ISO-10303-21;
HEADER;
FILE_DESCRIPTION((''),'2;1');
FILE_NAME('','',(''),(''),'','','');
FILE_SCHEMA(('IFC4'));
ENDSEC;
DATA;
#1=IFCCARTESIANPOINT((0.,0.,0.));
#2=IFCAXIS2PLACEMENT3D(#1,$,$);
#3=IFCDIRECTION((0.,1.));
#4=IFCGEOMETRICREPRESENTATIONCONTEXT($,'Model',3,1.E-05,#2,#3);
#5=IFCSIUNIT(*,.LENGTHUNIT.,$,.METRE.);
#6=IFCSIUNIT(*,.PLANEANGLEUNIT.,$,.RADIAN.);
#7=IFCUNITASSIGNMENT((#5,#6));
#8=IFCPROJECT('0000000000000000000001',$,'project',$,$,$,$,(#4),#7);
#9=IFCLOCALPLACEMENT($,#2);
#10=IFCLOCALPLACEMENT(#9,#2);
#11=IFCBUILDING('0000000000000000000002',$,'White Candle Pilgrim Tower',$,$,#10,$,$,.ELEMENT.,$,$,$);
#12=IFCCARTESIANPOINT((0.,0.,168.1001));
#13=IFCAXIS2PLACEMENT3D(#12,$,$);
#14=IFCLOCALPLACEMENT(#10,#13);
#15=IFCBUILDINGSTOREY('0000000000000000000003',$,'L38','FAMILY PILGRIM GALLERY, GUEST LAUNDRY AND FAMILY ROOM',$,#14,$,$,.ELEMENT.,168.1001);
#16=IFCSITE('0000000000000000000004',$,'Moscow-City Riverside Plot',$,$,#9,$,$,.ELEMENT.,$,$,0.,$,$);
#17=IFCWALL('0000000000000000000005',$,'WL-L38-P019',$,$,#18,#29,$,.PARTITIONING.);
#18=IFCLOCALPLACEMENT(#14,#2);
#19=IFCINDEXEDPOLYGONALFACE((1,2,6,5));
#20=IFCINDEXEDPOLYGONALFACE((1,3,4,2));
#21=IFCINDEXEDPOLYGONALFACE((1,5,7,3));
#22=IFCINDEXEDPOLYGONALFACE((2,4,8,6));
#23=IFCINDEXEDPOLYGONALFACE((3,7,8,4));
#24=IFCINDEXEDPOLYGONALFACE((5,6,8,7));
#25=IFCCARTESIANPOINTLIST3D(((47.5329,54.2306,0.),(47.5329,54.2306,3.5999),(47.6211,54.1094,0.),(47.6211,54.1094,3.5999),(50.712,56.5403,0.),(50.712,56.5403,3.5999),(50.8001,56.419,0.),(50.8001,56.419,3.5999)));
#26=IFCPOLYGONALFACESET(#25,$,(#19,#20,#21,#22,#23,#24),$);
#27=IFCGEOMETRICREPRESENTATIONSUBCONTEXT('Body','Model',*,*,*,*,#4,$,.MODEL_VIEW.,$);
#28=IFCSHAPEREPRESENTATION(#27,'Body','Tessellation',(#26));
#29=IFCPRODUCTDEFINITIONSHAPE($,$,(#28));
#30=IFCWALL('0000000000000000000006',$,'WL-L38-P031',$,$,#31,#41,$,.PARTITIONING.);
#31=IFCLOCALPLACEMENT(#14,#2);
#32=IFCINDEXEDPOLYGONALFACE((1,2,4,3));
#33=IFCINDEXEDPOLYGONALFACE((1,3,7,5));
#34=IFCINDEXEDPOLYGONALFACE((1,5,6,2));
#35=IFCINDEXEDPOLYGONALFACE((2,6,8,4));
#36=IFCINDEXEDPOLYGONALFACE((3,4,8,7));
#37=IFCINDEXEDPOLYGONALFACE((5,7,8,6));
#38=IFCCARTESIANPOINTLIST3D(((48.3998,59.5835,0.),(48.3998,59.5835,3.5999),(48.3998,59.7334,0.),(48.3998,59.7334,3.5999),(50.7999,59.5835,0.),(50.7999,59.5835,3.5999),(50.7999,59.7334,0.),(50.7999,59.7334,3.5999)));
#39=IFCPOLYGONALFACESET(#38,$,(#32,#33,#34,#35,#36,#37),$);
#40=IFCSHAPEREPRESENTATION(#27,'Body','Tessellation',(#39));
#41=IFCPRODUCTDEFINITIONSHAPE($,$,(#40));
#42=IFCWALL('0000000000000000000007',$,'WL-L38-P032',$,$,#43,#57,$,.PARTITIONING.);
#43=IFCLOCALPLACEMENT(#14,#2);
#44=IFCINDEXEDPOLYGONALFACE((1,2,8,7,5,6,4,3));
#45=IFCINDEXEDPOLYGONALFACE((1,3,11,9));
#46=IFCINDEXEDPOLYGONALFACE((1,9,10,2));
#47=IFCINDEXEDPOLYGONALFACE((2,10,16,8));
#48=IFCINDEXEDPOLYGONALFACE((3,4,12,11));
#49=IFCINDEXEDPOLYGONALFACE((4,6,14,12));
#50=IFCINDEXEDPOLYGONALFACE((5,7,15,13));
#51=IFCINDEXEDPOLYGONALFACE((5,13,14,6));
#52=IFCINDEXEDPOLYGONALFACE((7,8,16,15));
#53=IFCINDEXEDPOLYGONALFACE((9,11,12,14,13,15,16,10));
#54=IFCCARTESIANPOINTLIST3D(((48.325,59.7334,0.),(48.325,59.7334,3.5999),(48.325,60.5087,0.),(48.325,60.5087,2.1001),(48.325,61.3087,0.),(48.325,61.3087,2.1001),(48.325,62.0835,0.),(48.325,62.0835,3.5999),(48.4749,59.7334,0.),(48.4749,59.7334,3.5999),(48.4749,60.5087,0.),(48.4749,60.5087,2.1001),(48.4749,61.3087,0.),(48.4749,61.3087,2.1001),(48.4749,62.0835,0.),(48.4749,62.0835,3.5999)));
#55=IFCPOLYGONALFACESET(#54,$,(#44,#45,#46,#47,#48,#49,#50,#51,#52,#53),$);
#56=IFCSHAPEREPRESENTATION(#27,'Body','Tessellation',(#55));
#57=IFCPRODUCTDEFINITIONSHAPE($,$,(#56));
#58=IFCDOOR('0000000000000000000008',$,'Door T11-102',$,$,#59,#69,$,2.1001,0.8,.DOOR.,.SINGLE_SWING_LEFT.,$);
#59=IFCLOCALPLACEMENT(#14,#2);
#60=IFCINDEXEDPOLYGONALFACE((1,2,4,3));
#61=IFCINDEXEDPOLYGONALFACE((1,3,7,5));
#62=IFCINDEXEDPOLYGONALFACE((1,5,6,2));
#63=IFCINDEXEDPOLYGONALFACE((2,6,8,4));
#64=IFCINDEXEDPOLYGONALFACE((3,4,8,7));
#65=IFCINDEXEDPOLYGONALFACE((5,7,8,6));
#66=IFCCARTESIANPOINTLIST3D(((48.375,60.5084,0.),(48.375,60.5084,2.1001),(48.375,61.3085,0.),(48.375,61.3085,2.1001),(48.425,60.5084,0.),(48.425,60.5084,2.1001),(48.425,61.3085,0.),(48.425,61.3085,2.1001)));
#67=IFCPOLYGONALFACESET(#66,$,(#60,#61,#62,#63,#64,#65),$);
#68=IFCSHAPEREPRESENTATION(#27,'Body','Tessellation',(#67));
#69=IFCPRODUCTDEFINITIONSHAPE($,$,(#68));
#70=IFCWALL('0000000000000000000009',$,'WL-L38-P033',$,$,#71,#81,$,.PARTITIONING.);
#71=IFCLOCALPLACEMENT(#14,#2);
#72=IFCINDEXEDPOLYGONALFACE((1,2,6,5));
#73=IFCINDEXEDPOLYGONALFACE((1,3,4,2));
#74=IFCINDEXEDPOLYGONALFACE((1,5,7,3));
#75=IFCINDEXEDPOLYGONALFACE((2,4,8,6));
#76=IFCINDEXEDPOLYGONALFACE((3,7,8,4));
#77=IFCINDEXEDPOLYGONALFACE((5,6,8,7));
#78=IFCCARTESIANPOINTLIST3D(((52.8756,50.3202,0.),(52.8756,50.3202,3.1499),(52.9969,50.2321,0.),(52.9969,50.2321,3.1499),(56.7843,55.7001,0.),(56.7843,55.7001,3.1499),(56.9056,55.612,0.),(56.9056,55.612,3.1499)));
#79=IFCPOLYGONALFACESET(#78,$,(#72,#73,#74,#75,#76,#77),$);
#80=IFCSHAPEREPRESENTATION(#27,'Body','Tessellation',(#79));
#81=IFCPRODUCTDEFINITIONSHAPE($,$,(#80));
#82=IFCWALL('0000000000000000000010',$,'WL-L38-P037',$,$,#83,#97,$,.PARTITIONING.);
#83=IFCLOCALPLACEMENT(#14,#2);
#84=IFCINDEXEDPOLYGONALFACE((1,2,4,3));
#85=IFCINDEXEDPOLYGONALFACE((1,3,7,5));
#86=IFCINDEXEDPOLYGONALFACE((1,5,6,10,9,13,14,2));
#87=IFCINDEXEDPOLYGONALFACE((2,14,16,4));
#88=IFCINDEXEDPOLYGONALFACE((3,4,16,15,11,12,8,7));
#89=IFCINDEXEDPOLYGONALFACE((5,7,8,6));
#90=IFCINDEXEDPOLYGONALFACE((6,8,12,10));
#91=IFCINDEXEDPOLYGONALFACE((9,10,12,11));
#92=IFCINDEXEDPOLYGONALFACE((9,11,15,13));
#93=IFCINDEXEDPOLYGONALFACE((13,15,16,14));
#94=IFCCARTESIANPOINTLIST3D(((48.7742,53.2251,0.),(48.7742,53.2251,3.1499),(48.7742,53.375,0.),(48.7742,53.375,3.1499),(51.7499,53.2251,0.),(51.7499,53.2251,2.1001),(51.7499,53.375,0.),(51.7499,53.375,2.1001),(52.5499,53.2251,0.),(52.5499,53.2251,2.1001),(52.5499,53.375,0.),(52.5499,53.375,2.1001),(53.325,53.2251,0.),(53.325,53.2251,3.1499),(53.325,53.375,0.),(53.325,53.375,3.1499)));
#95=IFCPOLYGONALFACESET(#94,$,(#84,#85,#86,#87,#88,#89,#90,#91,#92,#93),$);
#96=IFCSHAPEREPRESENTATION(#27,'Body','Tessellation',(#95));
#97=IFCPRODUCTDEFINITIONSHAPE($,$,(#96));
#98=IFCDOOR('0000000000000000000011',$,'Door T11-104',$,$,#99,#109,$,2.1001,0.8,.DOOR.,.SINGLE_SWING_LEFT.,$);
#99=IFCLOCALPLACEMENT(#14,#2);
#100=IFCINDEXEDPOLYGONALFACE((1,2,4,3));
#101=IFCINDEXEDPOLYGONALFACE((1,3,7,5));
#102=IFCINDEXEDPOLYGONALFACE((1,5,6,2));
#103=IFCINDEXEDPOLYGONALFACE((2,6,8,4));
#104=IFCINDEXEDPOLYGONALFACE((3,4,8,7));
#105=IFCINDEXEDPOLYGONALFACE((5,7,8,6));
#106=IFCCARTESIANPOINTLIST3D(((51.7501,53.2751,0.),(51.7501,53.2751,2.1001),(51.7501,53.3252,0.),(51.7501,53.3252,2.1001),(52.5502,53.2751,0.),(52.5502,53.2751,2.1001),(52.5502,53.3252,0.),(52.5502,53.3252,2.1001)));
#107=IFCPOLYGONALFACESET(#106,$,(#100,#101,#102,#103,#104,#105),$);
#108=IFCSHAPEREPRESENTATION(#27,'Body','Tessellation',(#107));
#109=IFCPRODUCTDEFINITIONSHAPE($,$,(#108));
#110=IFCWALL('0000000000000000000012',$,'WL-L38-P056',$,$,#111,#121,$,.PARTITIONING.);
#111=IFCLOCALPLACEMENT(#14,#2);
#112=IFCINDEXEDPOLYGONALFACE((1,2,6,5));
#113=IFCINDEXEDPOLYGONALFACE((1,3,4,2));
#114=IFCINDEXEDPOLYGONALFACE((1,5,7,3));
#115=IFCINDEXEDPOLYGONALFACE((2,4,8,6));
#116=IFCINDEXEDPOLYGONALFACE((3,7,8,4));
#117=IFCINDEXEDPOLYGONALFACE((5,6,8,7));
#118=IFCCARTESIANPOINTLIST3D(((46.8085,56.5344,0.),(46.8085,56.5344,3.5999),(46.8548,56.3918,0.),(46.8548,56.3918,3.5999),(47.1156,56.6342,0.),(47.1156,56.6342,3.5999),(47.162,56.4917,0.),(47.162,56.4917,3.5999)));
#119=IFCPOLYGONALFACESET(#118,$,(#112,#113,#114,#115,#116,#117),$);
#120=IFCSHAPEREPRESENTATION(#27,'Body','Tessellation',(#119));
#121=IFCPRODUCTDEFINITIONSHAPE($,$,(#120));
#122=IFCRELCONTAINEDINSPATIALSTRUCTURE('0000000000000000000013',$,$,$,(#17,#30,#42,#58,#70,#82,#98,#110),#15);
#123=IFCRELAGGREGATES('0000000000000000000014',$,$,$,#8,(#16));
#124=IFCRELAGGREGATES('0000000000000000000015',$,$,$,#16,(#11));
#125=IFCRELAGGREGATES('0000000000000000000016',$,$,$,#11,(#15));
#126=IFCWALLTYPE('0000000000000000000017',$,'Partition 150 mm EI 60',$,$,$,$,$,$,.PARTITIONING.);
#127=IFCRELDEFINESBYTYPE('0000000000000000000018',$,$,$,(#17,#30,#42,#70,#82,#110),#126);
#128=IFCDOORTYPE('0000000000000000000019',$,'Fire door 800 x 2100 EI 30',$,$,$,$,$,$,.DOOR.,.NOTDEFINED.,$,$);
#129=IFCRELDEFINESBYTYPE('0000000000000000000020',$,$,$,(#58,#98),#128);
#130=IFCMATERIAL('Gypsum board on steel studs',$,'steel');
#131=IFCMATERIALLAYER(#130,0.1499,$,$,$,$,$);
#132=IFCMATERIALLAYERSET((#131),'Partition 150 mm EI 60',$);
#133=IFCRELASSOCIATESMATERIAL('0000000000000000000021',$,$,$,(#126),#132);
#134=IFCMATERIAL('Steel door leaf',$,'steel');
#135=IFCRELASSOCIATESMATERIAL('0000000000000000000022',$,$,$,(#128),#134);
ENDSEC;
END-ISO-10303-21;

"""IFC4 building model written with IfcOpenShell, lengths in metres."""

from ifc_helpers import new_model, si_unit, direction, frame, frame_2d, origin, place, context, subcontext, project, spatial, rectangle, extrude, material, layer, layer_set, type_object, element, fill, save


model = new_model("IFC4")

# Units and contexts
model_context = context("Model", 3, precision=1e-05, world=origin(), true_north=direction((0.0, 1.0)))
body_context = subcontext(model_context, "Body", "Model", "MODEL_VIEW")
ifc_project = project(units=[si_unit("LENGTHUNIT", "METRE"), si_unit("PLANEANGLEUNIT", "RADIAN")], contexts=[model_context])

# Site, building, storey
site_placement = place(None, origin())
site = spatial("IfcSite", under=ifc_project, at=site_placement, Name="Moscow-City Riverside Plot", CompositionType="ELEMENT", RefElevation=0.0)
building_placement = place(site_placement, origin())
building = spatial("IfcBuilding", under=site, at=building_placement, Name="White Candle Pilgrim Tower", CompositionType="ELEMENT")
storey_placement = place(building_placement, frame((0.0, 0.0, 168.1001)))
storey = spatial("IfcBuildingStorey", under=building, at=storey_placement, Name="L38", Description="FAMILY PILGRIM GALLERY, GUEST LAUNDRY AND FAMILY ROOM", CompositionType="ELEMENT", Elevation=168.1001)

# Shared definitions
ifc_material_1 = material(Name="Gypsum board on steel studs", Category="steel")
ifc_material_2 = material(Name="Steel door leaf", Category="steel")

# Walls
ifc_layer_1 = layer(ifc_material_1, 0.1499)
ifc_layer_set_1 = layer_set([ifc_layer_1], Name="Partition 150 mm EI 60")
wall_type_1 = type_object("IfcWallType", Name="Partition 150 mm EI 60", PredefinedType="PARTITIONING", material=ifc_layer_set_1)
wall_1_placement = place(storey_placement, frame((47.5769, 54.1699, 0.0), z_axis=(0.0, 0.0, 1.0), x_axis=(0.809026, 0.587773, 0.0)))
element("IfcWall", 1, at=wall_1_placement, inside=storey, type_object=wall_type_1, Name="WL-L38-P019", PredefinedType="PARTITIONING", context=body_context, shape_type="SweptSolid", body=[
    extrude(rectangle(XDim=3.9294, YDim=0.1499, at=frame_2d((1.9648, 0.0))), origin(), (0.0, 0.0, 1.0), 3.5999),
])
wall_2_placement = place(storey_placement, frame((50.8, 59.6584, 0.0), z_axis=(0.0, 0.0, 1.0), x_axis=(-1.0, 0.0, 0.0)))
element("IfcWall", 2, at=wall_2_placement, inside=storey, type_object=wall_type_1, Name="WL-L38-P031", PredefinedType="PARTITIONING", context=body_context, shape_type="SweptSolid", body=[
    extrude(rectangle(XDim=2.4001, YDim=0.1499, at=frame_2d((1.2002, 0.0))), origin(), (0.0, 0.0, 1.0), 3.5999),
])

# Wall, opening, door
wall_3_placement = place(storey_placement, frame((48.3999, 62.0835, 0.0), z_axis=(0.0, 0.0, 1.0), x_axis=(0.0, -1.0, 0.0)))
wall_3 = element("IfcWall", 3, at=wall_3_placement, inside=storey, type_object=wall_type_1, Name="WL-L38-P032", PredefinedType="PARTITIONING", context=body_context, shape_type="SweptSolid", body=[
    extrude(rectangle(XDim=2.3501, YDim=0.1499, at=frame_2d((1.175, 0.0))), origin(), (0.0, 0.0, 1.0), 3.5999),
])
opening_1_placement = place(wall_3_placement, frame((0.7749, 0.0, 0.0)))
opening_1 = element("IfcOpeningElement", 4, at=opening_1_placement, cuts=wall_3, PredefinedType="OPENING", context=body_context, shape_type="SweptSolid", body=[
    extrude(rectangle(XDim=0.8, YDim=2.1001, at=frame_2d((0.3999, 1.05))), frame((0.0, 0.085, 0.0), z_axis=(0.0, -1.0, 0.0), x_axis=(1.0, 0.0, 0.0)), (0.0, 0.0, 1.0), 0.1699),
])
door_type_1 = type_object("IfcDoorType", Name="Fire door 800 x 2100 EI 30", OperationType="NOTDEFINED", PredefinedType="DOOR", material=ifc_material_2)
door_1_placement = place(opening_1_placement, frame((0.8, 0.0, 0.0), z_axis=(0.0, 0.0, 1.0), x_axis=(-1.0, 0.0, 0.0)))
door_1 = element("IfcDoor", 5, at=door_1_placement, inside=storey, type_object=door_type_1, Name="Door T11-102", OperationType="SINGLE_SWING_LEFT", OverallHeight=2.1001, OverallWidth=0.8, PredefinedType="DOOR", context=body_context, shape_type="SweptSolid", body=[
    extrude(rectangle(XDim=0.8, YDim=2.1001, at=frame_2d((0.3999, 1.05))), frame((0.0, 0.0249, 0.0), z_axis=(0.0, -1.0, 0.0), x_axis=(1.0, 0.0, 0.0)), (0.0, 0.0, 1.0), 0.05),
])
fill(opening_1, door_1)

# Wall
wall_4_placement = place(storey_placement, frame((52.9363, 50.2761, 0.0), z_axis=(0.0, 0.0, 1.0), x_axis=(0.587783, 0.809019, 0.0)))
element("IfcWall", 6, at=wall_4_placement, inside=storey, type_object=wall_type_1, Name="WL-L38-P033", PredefinedType="PARTITIONING", context=body_context, shape_type="SweptSolid", body=[
    extrude(rectangle(XDim=6.6499, YDim=0.1499, at=frame_2d((3.325, 0.0))), origin(), (0.0, 0.0, 1.0), 3.1499),
])

# Wall, opening, door
wall_5_placement = place(storey_placement, frame((48.7742, 53.3, 0.0), z_axis=(0.0, 0.0, 1.0), x_axis=(1.0, 0.0, 0.0)))
wall_5 = element("IfcWall", 7, at=wall_5_placement, inside=storey, type_object=wall_type_1, Name="WL-L38-P037", PredefinedType="PARTITIONING", context=body_context, shape_type="SweptSolid", body=[
    extrude(rectangle(XDim=4.5508, YDim=0.1499, at=frame_2d((2.2754, 0.0))), origin(), (0.0, 0.0, 1.0), 3.1499),
])
opening_2_placement = place(wall_5_placement, frame((2.9758, 0.0, 0.0)))
opening_2 = element("IfcOpeningElement", 8, at=opening_2_placement, cuts=wall_5, PredefinedType="OPENING", context=body_context, shape_type="SweptSolid", body=[
    extrude(rectangle(XDim=0.8, YDim=2.1001, at=frame_2d((0.3999, 1.05))), frame((0.0, 0.085, 0.0), z_axis=(0.0, -1.0, 0.0), x_axis=(1.0, 0.0, 0.0)), (0.0, 0.0, 1.0), 0.1699),
])
door_2_placement = place(opening_2_placement, frame((0.8, 0.0, 0.0), z_axis=(0.0, 0.0, 1.0), x_axis=(-1.0, 0.0, 0.0)))
door_2 = element("IfcDoor", 9, at=door_2_placement, inside=storey, type_object=door_type_1, Name="Door T11-104", OperationType="SINGLE_SWING_LEFT", OverallHeight=2.1001, OverallWidth=0.8, PredefinedType="DOOR", context=body_context, shape_type="SweptSolid", body=[
    extrude(rectangle(XDim=0.8, YDim=2.1001, at=frame_2d((0.3999, 1.05))), frame((0.0, 0.0249, 0.0), z_axis=(0.0, -1.0, 0.0), x_axis=(1.0, 0.0, 0.0)), (0.0, 0.0, 1.0), 0.05),
])
fill(opening_2, door_2)

# Wall
wall_6_placement = place(storey_placement, frame((47.1389, 56.563, 0.0), z_axis=(0.0, 0.0, 1.0), x_axis=(-0.951001, -0.309189, 0.0)))
element("IfcWall", 10, at=wall_6_placement, inside=storey, type_object=wall_type_1, Name="WL-L38-P056", PredefinedType="PARTITIONING", context=body_context, shape_type="SweptSolid", body=[
    extrude(rectangle(XDim=0.323, YDim=0.1499, at=frame_2d((0.1616, 0.0))), origin(), (0.0, 0.0, 1.0), 3.5999),
])

save(model, "model.ifc")
